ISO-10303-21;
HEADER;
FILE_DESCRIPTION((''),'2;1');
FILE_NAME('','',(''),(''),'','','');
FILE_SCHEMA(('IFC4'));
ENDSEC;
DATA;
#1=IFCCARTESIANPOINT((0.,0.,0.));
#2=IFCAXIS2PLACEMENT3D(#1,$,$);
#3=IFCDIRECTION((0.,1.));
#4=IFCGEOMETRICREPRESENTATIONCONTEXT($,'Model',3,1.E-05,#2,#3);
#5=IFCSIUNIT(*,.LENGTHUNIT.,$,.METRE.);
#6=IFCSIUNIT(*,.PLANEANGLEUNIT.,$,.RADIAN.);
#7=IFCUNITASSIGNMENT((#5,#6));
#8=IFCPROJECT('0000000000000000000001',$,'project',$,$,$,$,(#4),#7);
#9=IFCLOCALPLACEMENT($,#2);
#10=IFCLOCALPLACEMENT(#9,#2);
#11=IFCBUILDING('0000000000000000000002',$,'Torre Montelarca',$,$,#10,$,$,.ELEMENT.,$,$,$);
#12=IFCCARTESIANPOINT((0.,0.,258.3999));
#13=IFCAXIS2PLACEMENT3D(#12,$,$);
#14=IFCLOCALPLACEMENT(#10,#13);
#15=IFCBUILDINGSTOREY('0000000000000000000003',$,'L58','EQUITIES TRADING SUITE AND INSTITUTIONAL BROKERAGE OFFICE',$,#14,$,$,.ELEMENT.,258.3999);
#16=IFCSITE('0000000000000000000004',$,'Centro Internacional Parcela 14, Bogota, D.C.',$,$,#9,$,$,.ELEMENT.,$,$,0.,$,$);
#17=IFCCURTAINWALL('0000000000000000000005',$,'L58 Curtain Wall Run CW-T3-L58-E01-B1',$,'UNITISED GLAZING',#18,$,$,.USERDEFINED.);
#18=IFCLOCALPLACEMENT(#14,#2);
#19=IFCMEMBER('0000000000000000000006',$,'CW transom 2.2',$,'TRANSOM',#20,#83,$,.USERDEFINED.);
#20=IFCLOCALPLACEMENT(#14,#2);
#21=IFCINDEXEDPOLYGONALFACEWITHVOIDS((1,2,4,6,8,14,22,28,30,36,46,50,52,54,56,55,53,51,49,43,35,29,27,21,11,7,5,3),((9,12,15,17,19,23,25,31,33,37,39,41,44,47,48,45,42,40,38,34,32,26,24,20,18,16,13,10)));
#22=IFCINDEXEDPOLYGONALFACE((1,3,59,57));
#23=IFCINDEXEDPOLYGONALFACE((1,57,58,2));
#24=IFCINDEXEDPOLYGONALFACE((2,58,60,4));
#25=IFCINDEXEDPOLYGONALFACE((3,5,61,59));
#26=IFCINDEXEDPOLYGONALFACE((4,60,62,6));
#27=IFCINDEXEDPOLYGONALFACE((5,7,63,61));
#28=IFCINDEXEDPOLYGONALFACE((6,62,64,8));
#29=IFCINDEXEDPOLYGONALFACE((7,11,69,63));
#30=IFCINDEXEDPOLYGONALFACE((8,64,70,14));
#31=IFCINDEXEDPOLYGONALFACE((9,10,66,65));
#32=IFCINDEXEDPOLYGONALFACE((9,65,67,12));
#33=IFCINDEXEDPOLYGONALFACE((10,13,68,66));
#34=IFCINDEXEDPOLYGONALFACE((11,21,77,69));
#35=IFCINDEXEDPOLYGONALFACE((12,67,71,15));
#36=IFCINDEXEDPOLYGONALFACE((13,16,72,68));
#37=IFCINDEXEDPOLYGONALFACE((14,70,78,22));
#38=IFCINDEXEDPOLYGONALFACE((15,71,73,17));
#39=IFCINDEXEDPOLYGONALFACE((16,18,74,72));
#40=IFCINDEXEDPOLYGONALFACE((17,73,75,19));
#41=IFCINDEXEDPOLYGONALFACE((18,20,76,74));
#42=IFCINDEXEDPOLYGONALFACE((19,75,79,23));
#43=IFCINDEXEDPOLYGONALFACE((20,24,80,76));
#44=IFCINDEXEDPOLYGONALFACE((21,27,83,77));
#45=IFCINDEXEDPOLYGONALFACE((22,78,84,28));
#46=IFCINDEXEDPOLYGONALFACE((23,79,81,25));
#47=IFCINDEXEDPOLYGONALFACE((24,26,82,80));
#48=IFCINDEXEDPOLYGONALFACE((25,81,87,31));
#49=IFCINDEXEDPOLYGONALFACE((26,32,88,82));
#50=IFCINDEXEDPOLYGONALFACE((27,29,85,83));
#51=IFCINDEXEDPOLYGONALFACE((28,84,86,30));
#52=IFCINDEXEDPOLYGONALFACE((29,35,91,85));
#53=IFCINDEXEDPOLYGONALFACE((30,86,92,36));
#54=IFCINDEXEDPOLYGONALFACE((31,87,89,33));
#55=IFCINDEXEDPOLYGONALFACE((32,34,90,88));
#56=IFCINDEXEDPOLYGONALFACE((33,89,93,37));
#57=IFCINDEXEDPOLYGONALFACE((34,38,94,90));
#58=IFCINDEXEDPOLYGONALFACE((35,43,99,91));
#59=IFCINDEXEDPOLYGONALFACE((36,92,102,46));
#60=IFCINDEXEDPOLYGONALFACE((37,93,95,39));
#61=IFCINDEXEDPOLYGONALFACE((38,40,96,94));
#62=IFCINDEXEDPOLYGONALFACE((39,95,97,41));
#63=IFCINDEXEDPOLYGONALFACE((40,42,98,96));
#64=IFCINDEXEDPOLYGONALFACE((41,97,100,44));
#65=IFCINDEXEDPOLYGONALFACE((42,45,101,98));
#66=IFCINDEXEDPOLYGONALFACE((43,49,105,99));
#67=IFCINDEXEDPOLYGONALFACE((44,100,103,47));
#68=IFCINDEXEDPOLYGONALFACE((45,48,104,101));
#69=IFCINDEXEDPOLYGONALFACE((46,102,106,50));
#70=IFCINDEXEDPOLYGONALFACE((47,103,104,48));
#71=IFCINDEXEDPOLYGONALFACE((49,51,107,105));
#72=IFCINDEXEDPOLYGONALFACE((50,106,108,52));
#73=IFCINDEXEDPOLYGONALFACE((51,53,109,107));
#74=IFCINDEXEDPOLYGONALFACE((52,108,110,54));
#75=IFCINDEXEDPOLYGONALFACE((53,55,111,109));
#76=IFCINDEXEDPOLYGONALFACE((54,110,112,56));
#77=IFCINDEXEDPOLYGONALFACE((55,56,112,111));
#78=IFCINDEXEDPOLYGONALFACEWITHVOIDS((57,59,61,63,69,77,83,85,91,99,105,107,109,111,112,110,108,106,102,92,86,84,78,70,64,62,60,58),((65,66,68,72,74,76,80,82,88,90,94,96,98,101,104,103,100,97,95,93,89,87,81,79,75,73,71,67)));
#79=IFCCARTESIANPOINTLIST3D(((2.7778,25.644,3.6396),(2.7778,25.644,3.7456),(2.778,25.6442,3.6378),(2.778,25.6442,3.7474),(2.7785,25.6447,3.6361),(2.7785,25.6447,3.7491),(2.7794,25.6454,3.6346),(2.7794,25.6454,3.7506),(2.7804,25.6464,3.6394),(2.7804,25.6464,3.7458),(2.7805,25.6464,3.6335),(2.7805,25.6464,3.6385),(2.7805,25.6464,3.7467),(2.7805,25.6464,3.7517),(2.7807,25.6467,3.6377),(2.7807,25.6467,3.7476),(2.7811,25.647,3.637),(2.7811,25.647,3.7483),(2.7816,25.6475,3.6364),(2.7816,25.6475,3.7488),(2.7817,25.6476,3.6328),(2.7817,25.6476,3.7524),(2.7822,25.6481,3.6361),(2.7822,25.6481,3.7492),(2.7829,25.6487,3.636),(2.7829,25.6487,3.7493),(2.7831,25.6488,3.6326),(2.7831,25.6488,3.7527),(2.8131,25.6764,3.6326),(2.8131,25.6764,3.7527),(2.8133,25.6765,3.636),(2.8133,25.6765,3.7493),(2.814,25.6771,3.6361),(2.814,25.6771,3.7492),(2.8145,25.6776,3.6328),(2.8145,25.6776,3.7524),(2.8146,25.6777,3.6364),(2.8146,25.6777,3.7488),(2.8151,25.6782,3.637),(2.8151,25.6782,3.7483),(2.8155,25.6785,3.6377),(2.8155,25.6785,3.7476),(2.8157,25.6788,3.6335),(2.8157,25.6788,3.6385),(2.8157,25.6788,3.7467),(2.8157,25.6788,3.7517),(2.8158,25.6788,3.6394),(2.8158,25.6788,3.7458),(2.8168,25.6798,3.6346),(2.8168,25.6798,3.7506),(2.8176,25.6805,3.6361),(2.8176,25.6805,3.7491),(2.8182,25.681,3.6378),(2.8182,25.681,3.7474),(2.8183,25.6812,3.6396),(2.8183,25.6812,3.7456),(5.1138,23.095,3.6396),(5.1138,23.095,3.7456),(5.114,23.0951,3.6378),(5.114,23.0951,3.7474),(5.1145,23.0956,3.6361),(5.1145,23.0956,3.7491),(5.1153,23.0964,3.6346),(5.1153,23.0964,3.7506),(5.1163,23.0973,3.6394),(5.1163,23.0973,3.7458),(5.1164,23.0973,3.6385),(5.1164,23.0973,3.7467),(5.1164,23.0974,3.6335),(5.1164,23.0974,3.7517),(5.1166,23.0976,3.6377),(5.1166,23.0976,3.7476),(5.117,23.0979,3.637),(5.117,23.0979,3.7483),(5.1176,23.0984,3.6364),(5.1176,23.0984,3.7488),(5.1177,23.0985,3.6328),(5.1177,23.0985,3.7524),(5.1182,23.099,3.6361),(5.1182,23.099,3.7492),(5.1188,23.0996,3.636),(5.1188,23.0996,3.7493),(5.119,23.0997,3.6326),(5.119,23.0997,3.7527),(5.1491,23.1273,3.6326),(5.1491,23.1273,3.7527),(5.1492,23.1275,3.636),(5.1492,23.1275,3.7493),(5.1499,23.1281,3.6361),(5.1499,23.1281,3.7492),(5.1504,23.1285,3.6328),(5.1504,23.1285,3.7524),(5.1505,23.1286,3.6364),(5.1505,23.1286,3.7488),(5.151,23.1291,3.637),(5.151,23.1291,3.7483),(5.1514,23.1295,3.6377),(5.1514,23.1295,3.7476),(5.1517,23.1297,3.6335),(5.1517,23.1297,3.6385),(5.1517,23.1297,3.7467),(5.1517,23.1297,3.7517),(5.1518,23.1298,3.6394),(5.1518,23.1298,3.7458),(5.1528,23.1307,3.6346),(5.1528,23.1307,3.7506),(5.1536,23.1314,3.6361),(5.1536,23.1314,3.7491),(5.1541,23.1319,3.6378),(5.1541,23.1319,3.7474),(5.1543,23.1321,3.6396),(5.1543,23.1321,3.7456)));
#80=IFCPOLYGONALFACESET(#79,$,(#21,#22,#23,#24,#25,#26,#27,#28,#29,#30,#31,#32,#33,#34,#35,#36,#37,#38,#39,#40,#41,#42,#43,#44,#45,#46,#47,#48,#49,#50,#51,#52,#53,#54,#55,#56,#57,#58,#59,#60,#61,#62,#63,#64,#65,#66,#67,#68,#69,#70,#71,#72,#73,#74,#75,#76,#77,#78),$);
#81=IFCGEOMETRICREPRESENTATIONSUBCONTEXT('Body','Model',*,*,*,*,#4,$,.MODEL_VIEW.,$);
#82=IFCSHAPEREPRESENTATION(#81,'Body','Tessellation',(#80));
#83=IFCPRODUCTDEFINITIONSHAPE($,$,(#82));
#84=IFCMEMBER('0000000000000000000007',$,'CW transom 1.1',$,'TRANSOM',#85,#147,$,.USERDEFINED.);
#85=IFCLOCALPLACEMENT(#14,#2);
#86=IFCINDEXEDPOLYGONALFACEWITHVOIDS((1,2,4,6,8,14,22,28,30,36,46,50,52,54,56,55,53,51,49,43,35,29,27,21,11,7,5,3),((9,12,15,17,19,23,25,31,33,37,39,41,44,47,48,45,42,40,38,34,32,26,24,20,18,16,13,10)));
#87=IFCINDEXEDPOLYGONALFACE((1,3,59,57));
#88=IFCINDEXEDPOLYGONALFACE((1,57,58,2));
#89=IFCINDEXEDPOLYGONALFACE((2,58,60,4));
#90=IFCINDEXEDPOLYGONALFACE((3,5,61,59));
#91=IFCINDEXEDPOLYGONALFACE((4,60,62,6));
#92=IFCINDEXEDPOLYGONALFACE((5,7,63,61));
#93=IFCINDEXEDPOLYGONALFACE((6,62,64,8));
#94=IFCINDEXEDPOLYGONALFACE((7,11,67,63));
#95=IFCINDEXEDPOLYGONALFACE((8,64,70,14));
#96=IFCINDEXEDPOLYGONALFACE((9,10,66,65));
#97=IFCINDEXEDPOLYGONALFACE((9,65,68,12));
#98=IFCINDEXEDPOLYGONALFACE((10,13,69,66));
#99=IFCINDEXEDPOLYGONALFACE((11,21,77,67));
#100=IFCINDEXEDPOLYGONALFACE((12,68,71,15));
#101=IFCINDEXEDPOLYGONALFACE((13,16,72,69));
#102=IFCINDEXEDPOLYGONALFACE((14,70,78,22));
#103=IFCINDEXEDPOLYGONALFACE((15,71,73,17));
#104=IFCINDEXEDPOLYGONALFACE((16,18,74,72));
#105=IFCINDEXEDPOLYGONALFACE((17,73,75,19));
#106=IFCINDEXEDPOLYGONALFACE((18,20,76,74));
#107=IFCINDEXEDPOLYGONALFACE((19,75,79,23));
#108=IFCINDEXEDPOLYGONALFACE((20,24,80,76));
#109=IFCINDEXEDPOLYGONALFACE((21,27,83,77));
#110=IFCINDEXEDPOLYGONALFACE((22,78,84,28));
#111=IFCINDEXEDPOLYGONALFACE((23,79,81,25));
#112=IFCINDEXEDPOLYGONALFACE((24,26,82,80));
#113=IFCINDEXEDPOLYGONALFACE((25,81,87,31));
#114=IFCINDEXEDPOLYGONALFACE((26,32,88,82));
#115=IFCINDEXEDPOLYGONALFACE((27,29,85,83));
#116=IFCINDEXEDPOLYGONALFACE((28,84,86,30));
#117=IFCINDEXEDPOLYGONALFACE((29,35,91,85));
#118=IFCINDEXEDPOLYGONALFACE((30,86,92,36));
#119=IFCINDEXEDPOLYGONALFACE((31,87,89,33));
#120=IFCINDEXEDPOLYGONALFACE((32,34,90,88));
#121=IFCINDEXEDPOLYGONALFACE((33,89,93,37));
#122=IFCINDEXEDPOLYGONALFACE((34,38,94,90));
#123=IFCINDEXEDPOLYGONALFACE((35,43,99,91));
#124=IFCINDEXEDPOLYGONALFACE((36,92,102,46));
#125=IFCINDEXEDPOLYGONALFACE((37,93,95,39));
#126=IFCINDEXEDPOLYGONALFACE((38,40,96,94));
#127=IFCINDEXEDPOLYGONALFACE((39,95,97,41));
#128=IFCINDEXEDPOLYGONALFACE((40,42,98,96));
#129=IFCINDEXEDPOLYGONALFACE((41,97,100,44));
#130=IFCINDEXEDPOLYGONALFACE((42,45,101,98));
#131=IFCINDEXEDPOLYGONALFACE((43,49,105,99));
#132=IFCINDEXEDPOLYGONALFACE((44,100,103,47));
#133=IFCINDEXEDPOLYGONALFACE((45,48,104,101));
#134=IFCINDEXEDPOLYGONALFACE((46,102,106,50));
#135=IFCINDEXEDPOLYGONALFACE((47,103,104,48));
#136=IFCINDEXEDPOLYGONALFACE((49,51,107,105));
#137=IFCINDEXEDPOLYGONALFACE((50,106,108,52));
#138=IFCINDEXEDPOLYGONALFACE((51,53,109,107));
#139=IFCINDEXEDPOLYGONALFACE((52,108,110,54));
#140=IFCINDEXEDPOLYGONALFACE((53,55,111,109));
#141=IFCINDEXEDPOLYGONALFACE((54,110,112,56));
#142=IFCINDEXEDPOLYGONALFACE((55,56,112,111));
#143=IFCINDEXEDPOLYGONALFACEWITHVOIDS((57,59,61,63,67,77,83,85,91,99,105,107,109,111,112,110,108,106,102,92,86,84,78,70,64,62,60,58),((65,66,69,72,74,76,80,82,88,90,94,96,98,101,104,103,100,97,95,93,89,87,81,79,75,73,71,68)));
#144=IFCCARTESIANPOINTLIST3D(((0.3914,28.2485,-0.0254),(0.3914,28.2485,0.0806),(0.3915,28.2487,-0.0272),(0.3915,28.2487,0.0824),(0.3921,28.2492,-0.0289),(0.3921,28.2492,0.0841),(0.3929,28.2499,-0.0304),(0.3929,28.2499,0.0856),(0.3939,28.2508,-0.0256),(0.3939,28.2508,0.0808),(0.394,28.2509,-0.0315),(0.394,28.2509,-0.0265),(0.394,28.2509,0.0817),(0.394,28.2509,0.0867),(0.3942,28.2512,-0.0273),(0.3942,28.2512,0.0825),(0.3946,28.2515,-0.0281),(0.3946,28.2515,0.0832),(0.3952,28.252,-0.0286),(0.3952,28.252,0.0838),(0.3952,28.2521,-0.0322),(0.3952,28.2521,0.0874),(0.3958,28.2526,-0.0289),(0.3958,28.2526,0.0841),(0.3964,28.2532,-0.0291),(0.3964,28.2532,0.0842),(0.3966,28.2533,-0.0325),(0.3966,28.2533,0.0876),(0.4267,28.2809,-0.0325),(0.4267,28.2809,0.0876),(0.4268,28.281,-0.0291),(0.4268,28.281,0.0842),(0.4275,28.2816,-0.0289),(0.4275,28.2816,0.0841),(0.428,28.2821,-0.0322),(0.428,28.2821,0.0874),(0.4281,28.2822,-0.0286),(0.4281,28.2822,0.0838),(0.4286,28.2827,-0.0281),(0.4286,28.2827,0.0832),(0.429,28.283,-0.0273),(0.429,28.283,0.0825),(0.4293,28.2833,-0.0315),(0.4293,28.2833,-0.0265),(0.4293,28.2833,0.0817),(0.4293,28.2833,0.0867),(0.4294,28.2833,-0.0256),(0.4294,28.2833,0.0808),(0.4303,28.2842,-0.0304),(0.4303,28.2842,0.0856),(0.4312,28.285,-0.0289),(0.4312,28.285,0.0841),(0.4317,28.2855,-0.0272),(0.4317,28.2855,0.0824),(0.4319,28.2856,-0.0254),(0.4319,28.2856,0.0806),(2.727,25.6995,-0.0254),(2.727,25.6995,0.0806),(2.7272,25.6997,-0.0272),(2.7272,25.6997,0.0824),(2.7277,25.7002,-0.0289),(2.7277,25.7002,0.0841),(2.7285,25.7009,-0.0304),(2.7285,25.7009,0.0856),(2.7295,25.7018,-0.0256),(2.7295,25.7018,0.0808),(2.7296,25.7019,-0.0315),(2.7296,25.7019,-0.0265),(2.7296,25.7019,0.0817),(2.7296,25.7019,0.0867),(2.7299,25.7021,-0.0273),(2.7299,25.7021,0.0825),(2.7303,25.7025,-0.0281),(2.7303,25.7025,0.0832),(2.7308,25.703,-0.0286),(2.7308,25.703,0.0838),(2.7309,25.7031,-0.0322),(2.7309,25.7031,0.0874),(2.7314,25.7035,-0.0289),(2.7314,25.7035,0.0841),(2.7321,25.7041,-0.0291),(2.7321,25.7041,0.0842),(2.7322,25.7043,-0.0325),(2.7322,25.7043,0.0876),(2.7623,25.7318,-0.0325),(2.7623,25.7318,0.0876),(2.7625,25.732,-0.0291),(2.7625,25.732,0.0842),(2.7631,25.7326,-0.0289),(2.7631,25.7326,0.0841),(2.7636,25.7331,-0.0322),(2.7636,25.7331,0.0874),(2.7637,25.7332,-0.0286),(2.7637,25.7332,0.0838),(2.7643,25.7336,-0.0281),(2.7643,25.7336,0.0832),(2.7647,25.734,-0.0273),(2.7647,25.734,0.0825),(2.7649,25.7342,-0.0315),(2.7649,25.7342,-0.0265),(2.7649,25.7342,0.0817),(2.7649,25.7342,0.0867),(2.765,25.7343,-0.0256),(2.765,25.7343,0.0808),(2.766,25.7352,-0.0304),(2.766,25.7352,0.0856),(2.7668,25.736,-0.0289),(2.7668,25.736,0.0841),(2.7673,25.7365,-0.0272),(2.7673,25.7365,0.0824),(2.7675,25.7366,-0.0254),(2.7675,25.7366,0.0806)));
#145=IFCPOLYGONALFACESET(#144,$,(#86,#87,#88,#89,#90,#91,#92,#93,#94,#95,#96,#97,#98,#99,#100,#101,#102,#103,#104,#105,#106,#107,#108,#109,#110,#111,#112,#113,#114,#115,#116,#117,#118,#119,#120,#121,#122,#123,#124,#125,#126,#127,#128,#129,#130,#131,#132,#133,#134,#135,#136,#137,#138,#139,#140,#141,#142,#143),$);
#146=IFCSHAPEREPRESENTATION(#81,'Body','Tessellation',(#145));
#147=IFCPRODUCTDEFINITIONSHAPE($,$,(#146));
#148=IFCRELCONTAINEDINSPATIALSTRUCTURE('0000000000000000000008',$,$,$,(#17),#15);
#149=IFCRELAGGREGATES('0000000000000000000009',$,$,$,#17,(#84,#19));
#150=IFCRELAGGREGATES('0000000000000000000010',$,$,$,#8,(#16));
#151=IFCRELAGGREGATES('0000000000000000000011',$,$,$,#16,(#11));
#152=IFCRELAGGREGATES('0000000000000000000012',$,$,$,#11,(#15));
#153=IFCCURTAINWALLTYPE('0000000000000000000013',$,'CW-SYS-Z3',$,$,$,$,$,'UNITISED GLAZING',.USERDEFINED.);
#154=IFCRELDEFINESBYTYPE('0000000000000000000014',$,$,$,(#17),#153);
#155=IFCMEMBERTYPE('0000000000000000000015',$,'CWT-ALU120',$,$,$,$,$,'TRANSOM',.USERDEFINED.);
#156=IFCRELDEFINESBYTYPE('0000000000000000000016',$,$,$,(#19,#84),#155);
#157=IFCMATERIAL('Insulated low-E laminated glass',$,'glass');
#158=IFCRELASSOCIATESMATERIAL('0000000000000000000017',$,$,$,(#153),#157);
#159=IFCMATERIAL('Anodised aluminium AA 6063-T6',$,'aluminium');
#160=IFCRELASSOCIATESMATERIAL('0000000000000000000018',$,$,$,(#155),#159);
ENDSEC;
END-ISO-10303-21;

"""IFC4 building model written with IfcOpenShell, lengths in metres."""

from ifc_helpers import new_model, si_unit, direction, frame, origin, origin_2d, place, context, subcontext, project, spatial, hollow_rectangle, extrude, source, transform, mapped, material, material_profile, profile_set, type_object, element, aggregate, save


model = new_model("IFC4")

# Units and contexts
model_context = context("Model", 3, precision=1e-05, world=origin(), true_north=direction((0.0, 1.0)))
body_context = subcontext(model_context, "Body", "Model", "MODEL_VIEW")
ifc_project = project(units=[si_unit("LENGTHUNIT", "METRE"), si_unit("PLANEANGLEUNIT", "RADIAN")], contexts=[model_context])

# Site, building, storey
site_placement = place(None, origin())
site = spatial("IfcSite", under=ifc_project, at=site_placement, Name="Centro Internacional Parcela 14, Bogota, D.C.", CompositionType="ELEMENT", RefElevation=0.0)
building_placement = place(site_placement, origin())
building = spatial("IfcBuilding", under=site, at=building_placement, Name="Torre Montelarca", CompositionType="ELEMENT")
storey_placement = place(building_placement, frame((0.0, 0.0, 258.3999)))
storey = spatial("IfcBuildingStorey", under=building, at=storey_placement, Name="L58", Description="EQUITIES TRADING SUITE AND INSTITUTIONAL BROKERAGE OFFICE", CompositionType="ELEMENT", Elevation=258.3999)

# Curtain wall
ifc_material_1 = material(Name="Insulated low-E laminated glass", Category="glass")
curtain_wall_type = type_object("IfcCurtainWallType", Name="CW-SYS-Z3", ElementType="UNITISED GLAZING", PredefinedType="USERDEFINED", material=ifc_material_1)
curtain_wall_1_placement = place(storey_placement, origin())
curtain_wall_1 = element("IfcCurtainWall", 1, at=curtain_wall_1_placement, inside=storey, type_object=curtain_wall_type, Name="L58 Curtain Wall Run CW-T3-L58-E01-B1", ObjectType="UNITISED GLAZING", PredefinedType="USERDEFINED")
ifc_material_2 = material(Name="Anodised aluminium AA 6063-T6", Category="aluminium")

# Members
ifc_material_profile_1 = material_profile(ifc_material_2, hollow_rectangle(XDim=0.0549, YDim=0.1201, WallThickness=0.0034, InnerFilletRadius=0.0034, OuterFilletRadius=0.0071, at=origin_2d()), Name="ALU55X120X3.5", Category="aluminium")
ifc_profile_set_1 = profile_set([ifc_material_profile_1], Name="Anodised aluminium AA 6063-T6")
member_type_1 = type_object("IfcMemberType", Name="CWT-ALU120", ElementType="TRANSOM", PredefinedType="USERDEFINED", material=ifc_profile_set_1)
shared_shape_1 = source(origin(), body_context, "Body", "SweptSolid", [
    extrude(hollow_rectangle(XDim=0.0549, YDim=0.1201, WallThickness=0.0034, InnerFilletRadius=0.0034, OuterFilletRadius=0.0071, at=origin_2d()), origin(), (0.0, 0.0, 1.0), 3.4575),
])
member_1_placement = place(storey_placement, frame((2.7981, 25.6626, 3.6926), z_axis=(0.675613, -0.737257, 0.0), x_axis=(0.737257, 0.675613, 0.0)))
member_1 = element("IfcMember", 2, at=member_1_placement, type_object=member_type_1, Name="CW transom 2.2", ObjectType="TRANSOM", PredefinedType="USERDEFINED", context=body_context, shape_type="MappedRepresentation", body=[
    mapped(shared_shape_1, transform((0.0, 0.0, 0.0), scale=1.0)),
])
shared_shape_2 = source(origin(), body_context, "Body", "SweptSolid", [
    extrude(hollow_rectangle(XDim=0.0549, YDim=0.1201, WallThickness=0.0034, InnerFilletRadius=0.0034, OuterFilletRadius=0.0071, at=origin_2d()), origin(), (0.0, 0.0, 1.0), 3.4573),
])
member_2_placement = place(storey_placement, frame((0.4116, 28.2671, 0.0276), z_axis=(0.675574, -0.737292, 0.0), x_axis=(0.737292, 0.675574, 0.0)))
member_2 = element("IfcMember", 3, at=member_2_placement, type_object=member_type_1, Name="CW transom 1.1", ObjectType="TRANSOM", PredefinedType="USERDEFINED", context=body_context, shape_type="MappedRepresentation", body=[
    mapped(shared_shape_2, transform((0.0, 0.0, 0.0), scale=1.0)),
])

aggregate(curtain_wall_1, [member_2, member_1])

save(model, "model.ifc")
